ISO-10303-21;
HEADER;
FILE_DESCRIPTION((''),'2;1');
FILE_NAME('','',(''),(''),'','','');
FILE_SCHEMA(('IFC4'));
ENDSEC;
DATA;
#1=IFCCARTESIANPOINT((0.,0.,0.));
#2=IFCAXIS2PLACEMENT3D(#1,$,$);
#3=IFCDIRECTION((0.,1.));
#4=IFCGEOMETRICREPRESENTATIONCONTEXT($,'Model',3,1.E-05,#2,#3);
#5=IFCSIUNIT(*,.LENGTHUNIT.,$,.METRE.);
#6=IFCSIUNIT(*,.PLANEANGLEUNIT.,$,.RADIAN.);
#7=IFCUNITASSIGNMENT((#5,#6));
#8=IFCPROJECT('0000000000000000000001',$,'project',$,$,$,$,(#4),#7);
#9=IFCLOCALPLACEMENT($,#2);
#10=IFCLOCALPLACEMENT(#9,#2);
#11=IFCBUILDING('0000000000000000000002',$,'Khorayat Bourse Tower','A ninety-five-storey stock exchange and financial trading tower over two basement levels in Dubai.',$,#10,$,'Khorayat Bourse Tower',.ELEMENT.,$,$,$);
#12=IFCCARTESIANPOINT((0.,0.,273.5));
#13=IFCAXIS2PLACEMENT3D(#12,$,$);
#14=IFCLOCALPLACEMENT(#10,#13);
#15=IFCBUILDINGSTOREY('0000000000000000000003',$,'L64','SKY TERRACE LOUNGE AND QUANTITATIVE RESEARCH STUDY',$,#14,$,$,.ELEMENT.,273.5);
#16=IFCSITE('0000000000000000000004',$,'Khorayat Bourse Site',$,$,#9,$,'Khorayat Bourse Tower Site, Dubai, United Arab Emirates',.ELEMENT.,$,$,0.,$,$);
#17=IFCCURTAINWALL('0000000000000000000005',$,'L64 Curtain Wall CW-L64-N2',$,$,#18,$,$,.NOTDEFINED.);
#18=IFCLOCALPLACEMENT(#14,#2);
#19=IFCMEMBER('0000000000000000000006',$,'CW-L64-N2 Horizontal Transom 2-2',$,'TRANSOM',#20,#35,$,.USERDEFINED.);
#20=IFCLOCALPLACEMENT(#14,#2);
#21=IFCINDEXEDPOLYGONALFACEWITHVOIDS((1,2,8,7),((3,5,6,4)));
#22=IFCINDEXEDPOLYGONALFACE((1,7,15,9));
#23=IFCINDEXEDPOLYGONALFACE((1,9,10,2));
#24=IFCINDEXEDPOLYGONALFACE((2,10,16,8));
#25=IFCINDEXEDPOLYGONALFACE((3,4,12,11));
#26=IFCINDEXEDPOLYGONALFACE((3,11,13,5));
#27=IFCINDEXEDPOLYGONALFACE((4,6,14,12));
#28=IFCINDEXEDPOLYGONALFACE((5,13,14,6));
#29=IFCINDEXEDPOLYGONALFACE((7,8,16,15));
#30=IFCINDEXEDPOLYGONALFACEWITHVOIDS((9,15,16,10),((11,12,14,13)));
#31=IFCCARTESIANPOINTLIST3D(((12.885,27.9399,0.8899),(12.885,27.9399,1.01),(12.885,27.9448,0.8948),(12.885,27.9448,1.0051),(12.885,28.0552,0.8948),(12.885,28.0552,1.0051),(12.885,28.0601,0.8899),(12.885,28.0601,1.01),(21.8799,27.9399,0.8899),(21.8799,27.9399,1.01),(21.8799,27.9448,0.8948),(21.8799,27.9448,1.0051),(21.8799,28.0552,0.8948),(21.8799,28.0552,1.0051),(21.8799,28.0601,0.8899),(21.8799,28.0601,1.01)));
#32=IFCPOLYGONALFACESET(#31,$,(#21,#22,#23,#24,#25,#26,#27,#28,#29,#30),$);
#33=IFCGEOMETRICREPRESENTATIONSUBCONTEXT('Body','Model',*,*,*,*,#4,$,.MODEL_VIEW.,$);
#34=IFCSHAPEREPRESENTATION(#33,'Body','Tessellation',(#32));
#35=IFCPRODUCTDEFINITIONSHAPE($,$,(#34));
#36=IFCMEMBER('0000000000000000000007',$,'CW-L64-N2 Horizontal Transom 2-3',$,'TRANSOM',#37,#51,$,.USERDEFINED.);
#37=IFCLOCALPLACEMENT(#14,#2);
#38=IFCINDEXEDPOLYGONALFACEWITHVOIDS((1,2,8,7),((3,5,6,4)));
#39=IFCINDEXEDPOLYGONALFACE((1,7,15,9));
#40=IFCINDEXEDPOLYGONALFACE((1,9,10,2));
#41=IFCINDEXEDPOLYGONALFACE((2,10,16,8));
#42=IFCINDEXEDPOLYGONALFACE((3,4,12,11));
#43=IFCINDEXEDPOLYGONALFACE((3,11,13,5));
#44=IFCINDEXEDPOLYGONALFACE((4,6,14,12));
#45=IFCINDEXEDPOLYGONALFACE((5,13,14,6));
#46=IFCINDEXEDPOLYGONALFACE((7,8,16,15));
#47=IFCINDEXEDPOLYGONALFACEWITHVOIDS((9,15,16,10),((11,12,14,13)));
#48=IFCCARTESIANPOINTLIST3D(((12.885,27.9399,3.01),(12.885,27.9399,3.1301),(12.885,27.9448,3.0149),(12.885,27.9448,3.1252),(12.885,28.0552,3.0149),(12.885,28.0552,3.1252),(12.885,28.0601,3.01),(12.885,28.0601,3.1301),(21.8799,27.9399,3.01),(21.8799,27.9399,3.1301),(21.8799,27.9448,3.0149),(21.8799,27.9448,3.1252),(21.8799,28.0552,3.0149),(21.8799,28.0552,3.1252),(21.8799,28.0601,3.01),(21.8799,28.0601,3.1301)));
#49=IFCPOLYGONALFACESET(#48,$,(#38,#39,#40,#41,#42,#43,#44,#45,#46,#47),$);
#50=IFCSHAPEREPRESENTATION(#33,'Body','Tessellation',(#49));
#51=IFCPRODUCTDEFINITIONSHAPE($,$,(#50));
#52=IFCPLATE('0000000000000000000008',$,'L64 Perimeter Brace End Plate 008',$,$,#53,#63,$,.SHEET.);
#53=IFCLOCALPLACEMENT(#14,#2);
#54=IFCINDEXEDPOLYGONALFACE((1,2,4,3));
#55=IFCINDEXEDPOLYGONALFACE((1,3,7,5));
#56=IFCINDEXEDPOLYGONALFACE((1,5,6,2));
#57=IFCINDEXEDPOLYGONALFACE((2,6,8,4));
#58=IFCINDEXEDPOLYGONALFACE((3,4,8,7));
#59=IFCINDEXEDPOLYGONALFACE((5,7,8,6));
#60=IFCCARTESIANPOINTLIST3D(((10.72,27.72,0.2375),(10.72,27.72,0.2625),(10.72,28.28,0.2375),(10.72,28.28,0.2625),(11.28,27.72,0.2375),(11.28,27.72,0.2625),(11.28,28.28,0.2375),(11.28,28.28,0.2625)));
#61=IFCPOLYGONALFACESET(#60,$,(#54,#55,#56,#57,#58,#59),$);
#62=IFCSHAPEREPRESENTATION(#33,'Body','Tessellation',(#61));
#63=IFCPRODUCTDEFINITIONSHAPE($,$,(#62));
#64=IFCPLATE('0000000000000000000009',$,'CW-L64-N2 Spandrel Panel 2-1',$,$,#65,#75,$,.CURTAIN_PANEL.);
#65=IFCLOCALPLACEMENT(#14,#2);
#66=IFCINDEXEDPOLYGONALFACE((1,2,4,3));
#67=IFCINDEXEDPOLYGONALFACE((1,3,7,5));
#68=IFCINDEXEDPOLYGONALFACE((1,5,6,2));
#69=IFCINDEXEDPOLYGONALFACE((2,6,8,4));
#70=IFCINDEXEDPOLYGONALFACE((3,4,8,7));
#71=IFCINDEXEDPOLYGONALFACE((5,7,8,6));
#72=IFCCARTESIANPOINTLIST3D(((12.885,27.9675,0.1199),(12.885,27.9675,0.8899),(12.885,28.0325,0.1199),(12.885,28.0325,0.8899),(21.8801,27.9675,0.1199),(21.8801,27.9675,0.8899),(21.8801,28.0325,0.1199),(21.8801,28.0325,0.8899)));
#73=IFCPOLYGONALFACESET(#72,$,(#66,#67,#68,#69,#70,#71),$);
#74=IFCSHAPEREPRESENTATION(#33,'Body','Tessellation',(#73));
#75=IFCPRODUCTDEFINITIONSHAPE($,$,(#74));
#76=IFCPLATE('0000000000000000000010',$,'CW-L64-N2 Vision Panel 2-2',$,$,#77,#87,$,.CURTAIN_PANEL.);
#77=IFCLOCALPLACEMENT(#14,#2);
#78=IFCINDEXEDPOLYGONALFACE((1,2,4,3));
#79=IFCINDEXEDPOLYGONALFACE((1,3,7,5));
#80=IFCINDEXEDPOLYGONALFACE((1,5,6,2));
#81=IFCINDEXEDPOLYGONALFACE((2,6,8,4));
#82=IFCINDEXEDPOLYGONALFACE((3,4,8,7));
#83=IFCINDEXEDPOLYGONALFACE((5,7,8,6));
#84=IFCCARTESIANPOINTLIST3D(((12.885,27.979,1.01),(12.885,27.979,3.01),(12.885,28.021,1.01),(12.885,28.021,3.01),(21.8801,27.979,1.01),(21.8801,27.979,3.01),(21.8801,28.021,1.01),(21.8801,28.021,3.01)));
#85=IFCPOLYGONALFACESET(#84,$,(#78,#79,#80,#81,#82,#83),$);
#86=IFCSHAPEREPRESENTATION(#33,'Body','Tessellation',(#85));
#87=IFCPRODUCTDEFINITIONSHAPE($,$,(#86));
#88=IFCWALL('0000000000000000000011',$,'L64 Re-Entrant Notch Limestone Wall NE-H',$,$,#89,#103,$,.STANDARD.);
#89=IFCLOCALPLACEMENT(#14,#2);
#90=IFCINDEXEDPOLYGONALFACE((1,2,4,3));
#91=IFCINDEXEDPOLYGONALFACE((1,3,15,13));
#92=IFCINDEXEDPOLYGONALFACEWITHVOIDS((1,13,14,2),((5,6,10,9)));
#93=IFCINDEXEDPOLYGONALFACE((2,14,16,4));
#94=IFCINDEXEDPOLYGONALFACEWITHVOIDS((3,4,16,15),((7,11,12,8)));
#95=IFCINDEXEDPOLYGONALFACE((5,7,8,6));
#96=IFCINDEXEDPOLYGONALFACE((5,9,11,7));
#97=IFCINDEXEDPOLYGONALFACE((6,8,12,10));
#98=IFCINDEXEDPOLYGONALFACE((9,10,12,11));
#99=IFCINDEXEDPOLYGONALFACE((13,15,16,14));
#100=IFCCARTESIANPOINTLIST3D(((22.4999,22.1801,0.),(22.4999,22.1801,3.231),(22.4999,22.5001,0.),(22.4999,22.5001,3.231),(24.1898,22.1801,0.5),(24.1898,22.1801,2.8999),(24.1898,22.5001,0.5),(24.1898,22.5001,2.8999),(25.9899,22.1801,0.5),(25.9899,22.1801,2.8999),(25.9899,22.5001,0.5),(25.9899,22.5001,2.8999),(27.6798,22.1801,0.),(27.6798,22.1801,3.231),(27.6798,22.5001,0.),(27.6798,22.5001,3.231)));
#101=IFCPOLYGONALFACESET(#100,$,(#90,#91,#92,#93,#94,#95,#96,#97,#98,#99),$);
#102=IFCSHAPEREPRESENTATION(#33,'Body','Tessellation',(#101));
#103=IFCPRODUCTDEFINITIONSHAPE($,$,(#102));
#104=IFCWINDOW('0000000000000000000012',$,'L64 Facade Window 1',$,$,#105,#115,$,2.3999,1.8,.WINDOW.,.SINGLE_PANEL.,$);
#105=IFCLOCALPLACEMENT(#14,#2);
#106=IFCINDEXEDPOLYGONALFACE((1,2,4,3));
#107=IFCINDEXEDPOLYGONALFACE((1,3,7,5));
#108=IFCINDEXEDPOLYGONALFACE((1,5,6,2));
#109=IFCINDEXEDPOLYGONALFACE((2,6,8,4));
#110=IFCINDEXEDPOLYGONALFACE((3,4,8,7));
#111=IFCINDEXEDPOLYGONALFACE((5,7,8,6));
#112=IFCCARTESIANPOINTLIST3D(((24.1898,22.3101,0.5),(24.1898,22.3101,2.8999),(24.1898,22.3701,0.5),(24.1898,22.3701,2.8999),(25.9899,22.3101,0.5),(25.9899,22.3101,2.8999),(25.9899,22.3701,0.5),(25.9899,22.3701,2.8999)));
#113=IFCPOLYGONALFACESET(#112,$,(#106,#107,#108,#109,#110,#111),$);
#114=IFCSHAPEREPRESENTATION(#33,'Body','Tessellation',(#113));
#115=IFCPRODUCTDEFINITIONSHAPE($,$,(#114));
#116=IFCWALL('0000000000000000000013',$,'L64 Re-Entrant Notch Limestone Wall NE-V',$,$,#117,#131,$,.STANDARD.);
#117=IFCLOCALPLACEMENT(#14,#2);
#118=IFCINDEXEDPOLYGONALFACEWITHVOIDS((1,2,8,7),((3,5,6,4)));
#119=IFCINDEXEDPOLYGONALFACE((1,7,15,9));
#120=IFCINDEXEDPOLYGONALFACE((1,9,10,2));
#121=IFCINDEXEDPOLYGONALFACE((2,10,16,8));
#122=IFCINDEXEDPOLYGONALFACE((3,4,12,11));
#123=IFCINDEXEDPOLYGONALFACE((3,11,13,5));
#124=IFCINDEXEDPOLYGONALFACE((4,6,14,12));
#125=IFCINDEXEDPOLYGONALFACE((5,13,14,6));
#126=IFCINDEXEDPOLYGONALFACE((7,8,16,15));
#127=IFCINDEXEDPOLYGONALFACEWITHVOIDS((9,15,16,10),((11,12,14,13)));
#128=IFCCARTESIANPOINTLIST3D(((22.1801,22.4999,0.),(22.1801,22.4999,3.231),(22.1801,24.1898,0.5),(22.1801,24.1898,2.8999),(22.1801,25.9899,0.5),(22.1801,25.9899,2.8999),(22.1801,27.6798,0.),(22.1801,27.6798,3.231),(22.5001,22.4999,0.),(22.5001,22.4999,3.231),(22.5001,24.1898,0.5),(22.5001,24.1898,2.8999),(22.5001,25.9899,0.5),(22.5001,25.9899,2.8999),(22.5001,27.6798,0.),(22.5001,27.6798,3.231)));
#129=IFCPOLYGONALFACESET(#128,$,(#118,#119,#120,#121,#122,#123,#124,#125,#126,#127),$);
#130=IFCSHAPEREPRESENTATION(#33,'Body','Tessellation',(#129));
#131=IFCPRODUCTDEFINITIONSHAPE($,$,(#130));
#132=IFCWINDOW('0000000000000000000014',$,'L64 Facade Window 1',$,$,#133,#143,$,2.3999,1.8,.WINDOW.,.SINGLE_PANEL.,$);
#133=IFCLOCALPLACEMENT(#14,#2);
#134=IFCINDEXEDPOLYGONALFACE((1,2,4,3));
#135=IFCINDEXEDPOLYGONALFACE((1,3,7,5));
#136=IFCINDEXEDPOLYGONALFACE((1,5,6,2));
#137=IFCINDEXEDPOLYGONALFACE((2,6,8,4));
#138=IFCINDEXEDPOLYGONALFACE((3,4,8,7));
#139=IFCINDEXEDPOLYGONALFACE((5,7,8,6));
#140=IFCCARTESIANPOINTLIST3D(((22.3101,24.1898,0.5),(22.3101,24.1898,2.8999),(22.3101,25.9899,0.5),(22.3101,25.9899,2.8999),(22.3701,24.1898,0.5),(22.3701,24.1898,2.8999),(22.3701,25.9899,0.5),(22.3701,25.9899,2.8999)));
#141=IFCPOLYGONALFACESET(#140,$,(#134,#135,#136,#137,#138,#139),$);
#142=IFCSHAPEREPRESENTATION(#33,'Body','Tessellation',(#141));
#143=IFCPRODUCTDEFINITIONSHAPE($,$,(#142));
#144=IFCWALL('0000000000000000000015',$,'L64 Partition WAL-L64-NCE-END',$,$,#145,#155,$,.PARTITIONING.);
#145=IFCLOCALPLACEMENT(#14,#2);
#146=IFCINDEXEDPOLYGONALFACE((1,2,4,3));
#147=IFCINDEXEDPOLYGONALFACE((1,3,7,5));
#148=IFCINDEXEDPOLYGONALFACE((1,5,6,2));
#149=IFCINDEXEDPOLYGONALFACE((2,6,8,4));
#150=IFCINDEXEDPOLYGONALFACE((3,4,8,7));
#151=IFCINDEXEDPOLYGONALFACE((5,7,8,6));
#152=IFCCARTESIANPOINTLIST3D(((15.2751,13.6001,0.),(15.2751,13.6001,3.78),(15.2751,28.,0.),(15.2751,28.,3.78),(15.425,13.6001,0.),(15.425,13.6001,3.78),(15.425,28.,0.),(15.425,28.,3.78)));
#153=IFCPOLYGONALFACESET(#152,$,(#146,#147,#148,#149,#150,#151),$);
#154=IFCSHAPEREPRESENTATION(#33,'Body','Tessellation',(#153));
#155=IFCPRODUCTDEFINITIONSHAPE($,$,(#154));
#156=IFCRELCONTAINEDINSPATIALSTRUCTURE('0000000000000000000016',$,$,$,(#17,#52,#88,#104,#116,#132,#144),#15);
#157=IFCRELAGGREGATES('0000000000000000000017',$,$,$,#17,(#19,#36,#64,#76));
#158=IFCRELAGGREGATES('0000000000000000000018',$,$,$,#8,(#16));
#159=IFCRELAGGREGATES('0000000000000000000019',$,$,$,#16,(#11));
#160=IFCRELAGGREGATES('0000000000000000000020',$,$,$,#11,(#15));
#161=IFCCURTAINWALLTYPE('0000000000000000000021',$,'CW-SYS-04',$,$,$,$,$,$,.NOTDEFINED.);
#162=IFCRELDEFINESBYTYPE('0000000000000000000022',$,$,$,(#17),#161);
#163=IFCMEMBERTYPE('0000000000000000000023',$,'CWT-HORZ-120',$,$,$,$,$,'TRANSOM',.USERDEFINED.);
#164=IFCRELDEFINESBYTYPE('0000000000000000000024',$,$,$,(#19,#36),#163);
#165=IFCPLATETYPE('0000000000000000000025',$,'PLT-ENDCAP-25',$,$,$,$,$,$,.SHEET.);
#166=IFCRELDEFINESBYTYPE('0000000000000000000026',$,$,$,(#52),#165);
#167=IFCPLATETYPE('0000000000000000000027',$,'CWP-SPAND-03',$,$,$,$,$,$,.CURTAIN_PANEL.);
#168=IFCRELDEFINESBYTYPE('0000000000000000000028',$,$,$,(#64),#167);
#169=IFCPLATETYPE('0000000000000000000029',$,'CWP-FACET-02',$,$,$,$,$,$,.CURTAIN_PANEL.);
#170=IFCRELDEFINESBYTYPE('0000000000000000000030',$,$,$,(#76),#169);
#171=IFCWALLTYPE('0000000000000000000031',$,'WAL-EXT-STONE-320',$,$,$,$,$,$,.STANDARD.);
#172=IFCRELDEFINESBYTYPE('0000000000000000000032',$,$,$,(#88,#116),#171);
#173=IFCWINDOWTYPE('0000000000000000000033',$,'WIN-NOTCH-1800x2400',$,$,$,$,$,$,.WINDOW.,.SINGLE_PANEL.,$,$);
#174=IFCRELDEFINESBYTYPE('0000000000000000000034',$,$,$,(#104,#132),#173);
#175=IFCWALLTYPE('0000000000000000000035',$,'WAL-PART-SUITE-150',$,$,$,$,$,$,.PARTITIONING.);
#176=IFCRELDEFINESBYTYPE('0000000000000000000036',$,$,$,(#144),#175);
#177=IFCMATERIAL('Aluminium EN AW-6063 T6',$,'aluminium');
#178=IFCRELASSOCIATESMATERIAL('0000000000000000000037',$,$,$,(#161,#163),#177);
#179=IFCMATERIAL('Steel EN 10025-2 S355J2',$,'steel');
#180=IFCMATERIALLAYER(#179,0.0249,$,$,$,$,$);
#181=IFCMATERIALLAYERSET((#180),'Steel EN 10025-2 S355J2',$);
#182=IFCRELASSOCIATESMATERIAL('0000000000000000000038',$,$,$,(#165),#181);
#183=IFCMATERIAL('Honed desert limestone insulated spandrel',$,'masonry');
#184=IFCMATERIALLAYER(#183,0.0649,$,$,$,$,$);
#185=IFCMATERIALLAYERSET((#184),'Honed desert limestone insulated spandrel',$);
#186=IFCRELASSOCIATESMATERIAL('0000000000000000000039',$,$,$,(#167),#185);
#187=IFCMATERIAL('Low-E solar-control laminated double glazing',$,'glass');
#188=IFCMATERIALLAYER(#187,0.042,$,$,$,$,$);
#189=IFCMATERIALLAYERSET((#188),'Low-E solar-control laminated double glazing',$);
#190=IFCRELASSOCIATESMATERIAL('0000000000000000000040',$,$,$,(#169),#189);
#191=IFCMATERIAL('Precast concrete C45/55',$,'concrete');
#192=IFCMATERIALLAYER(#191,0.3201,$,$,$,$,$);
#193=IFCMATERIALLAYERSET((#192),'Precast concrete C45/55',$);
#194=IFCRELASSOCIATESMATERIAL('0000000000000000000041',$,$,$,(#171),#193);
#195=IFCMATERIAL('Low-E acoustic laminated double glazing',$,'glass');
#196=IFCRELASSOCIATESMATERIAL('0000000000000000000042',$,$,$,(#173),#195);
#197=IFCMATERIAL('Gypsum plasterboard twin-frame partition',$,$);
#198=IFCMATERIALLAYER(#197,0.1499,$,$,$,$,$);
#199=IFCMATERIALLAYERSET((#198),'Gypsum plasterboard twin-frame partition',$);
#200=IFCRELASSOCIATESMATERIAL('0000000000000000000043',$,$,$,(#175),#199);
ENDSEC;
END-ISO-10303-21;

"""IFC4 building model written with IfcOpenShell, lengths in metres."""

from ifc_helpers import new_model, si_unit, direction, frame, frame_2d, origin, origin_2d, place, context, subcontext, project, spatial, rectangle, hollow_rectangle, extrude, source, transform, mapped, material, layer, layer_set, material_profile, profile_set, type_object, element, fill, aggregate, save


model = new_model("IFC4")

# Units and contexts
model_context = context("Model", 3, precision=1e-05, world=origin(), true_north=direction((0.0, 1.0)))
body_context = subcontext(model_context, "Body", "Model", "MODEL_VIEW")
ifc_project = project(units=[si_unit("LENGTHUNIT", "METRE"), si_unit("PLANEANGLEUNIT", "RADIAN")], contexts=[model_context])

# Site, building, storey
site_placement = place(None, origin())
site = spatial("IfcSite", under=ifc_project, at=site_placement, Name="Khorayat Bourse Site", LongName="Khorayat Bourse Tower Site, Dubai, United Arab Emirates", CompositionType="ELEMENT", RefElevation=0.0)
building_placement = place(site_placement, origin())
building = spatial("IfcBuilding", under=site, at=building_placement, Name="Khorayat Bourse Tower", Description="A ninety-five-storey stock exchange and financial trading tower over two basement levels in Dubai.", LongName="Khorayat Bourse Tower", CompositionType="ELEMENT")
storey_placement = place(building_placement, frame((0.0, 0.0, 273.5)))
storey = spatial("IfcBuildingStorey", under=building, at=storey_placement, Name="L64", Description="SKY TERRACE LOUNGE AND QUANTITATIVE RESEARCH STUDY", CompositionType="ELEMENT", Elevation=273.5)

# Curtain wall
ifc_material_1 = material(Name="Aluminium EN AW-6063 T6", Category="aluminium")
curtain_wall_type = type_object("IfcCurtainWallType", Name="CW-SYS-04", PredefinedType="NOTDEFINED", material=ifc_material_1)
curtain_wall_1_placement = place(storey_placement, origin())
curtain_wall_1 = element("IfcCurtainWall", 1, at=curtain_wall_1_placement, inside=storey, type_object=curtain_wall_type, Name="L64 Curtain Wall CW-L64-N2", PredefinedType="NOTDEFINED")

# Members
ifc_material_profile_1 = material_profile(ifc_material_1, hollow_rectangle(XDim=0.1201, YDim=0.1201, WallThickness=0.0049, at=origin_2d()), Name="ALU 120x120x5")
ifc_profile_set_1 = profile_set([ifc_material_profile_1], Name="Aluminium EN AW-6063 T6")
member_type_1 = type_object("IfcMemberType", Name="CWT-HORZ-120", ElementType="TRANSOM", PredefinedType="USERDEFINED", material=ifc_profile_set_1)
shared_shape_1 = source(origin(), body_context, "Body", "SweptSolid", [
    extrude(hollow_rectangle(XDim=0.1201, YDim=0.1201, WallThickness=0.0049, at=origin_2d()), origin(), (0.0, 0.0, 1.0), 8.9949),
])
member_1_placement = place(storey_placement, frame((12.885, 28.0, 0.95), z_axis=(1.0, 0.0, 0.0), x_axis=(0.0, 1.0, 0.0)))
member_1 = element("IfcMember", 2, at=member_1_placement, type_object=member_type_1, Name="CW-L64-N2 Horizontal Transom 2-2", ObjectType="TRANSOM", PredefinedType="USERDEFINED", context=body_context, shape_type="MappedRepresentation", body=[
    mapped(shared_shape_1, transform((0.0, 0.0, 0.0), scale=1.0)),
])
member_2_placement = place(storey_placement, frame((12.885, 28.0, 3.0701), z_axis=(1.0, 0.0, 0.0), x_axis=(0.0, 1.0, 0.0)))
member_2 = element("IfcMember", 3, at=member_2_placement, type_object=member_type_1, Name="CW-L64-N2 Horizontal Transom 2-3", ObjectType="TRANSOM", PredefinedType="USERDEFINED", context=body_context, shape_type="MappedRepresentation", body=[
    mapped(shared_shape_1, transform((0.0, 0.0, 0.0), scale=1.0)),
])

# Plates
ifc_material_2 = material(Name="Steel EN 10025-2 S355J2", Category="steel")
ifc_layer_1 = layer(ifc_material_2, 0.0249)
ifc_layer_set_1 = layer_set([ifc_layer_1], Name="Steel EN 10025-2 S355J2")
plate_type_1 = type_object("IfcPlateType", Name="PLT-ENDCAP-25", PredefinedType="SHEET", material=ifc_layer_set_1)
shared_shape_2 = source(origin(), body_context, "Body", "SweptSolid", [
    extrude(rectangle(XDim=0.5601, YDim=0.5601, at=origin_2d()), origin(), (0.0, 0.0, 1.0), 0.0249),
])
plate_1_placement = place(storey_placement, frame((11.0, 28.0, 0.2375), z_axis=(0.0, 0.0, 1.0), x_axis=(1.0, 0.0, 0.0)))
element("IfcPlate", 4, at=plate_1_placement, inside=storey, type_object=plate_type_1, Name="L64 Perimeter Brace End Plate 008", PredefinedType="SHEET", context=body_context, shape_type="MappedRepresentation", body=[
    mapped(shared_shape_2, transform((0.0, 0.0, 0.0), scale=1.0)),
])
ifc_material_3 = material(Name="Honed desert limestone insulated spandrel", Category="masonry")
ifc_layer_2 = layer(ifc_material_3, 0.0649)
ifc_layer_set_2 = layer_set([ifc_layer_2], Name="Honed desert limestone insulated spandrel")
plate_type_2 = type_object("IfcPlateType", Name="CWP-SPAND-03", PredefinedType="CURTAIN_PANEL", material=ifc_layer_set_2)
shared_shape_3 = source(origin(), body_context, "Body", "SweptSolid", [
    extrude(rectangle(XDim=8.9951, YDim=0.0649, at=origin_2d()), origin(), (0.0, 0.0, 1.0), 0.77),
])
plate_2_placement = place(storey_placement, frame((17.3826, 28.0, 0.1199), z_axis=(0.0, 0.0, 1.0), x_axis=(1.0, 0.0, 0.0)))
plate_2 = element("IfcPlate", 5, at=plate_2_placement, type_object=plate_type_2, Name="CW-L64-N2 Spandrel Panel 2-1", PredefinedType="CURTAIN_PANEL", context=body_context, shape_type="MappedRepresentation", body=[
    mapped(shared_shape_3, transform((0.0, 0.0, 0.0), scale=1.0)),
])
ifc_material_4 = material(Name="Low-E solar-control laminated double glazing", Category="glass")
ifc_layer_3 = layer(ifc_material_4, 0.042)
ifc_layer_set_3 = layer_set([ifc_layer_3], Name="Low-E solar-control laminated double glazing")
plate_type_3 = type_object("IfcPlateType", Name="CWP-FACET-02", PredefinedType="CURTAIN_PANEL", material=ifc_layer_set_3)
shared_shape_4 = source(origin(), body_context, "Body", "SweptSolid", [
    extrude(rectangle(XDim=8.9951, YDim=0.042, at=origin_2d()), origin(), (0.0, 0.0, 1.0), 2.0),
])
plate_3_placement = place(storey_placement, frame((17.3826, 28.0, 1.01), z_axis=(0.0, 0.0, 1.0), x_axis=(1.0, 0.0, 0.0)))
plate_3 = element("IfcPlate", 6, at=plate_3_placement, type_object=plate_type_3, Name="CW-L64-N2 Vision Panel 2-2", PredefinedType="CURTAIN_PANEL", context=body_context, shape_type="MappedRepresentation", body=[
    mapped(shared_shape_4, transform((0.0, 0.0, 0.0), scale=1.0)),
])
aggregate(curtain_wall_1, [member_1, member_2, plate_2, plate_3])

# Walls, openings, windows
ifc_material_5 = material(Name="Precast concrete C45/55", Category="concrete")
ifc_layer_4 = layer(ifc_material_5, 0.3201)
ifc_layer_set_4 = layer_set([ifc_layer_4], Name="Precast concrete C45/55")
wall_type_1 = type_object("IfcWallType", Name="WAL-EXT-STONE-320", PredefinedType="STANDARD", material=ifc_layer_set_4)
shared_shape_5 = source(origin(), body_context, "Body", "SweptSolid", [
    extrude(rectangle(XDim=5.1799, YDim=0.3201, at=frame_2d((2.5898, 0.0))), origin(), (0.0, 0.0, 1.0), 3.231),
])
wall_1_placement = place(storey_placement, frame((22.5, 22.3401, 0.0), z_axis=(0.0, 0.0, 1.0), x_axis=(1.0, 0.0, 0.0)))
wall_1 = element("IfcWall", 7, at=wall_1_placement, inside=storey, type_object=wall_type_1, Name="L64 Re-Entrant Notch Limestone Wall NE-H", PredefinedType="STANDARD", context=body_context, shape_type="MappedRepresentation", body=[
    mapped(shared_shape_5, transform((0.0, 0.0, 0.0), scale=1.0)),
])
shared_shape_6 = source(origin(), body_context, "Body", "SweptSolid", [
    extrude(rectangle(XDim=1.8, YDim=2.3999, at=frame_2d((0.8999, 1.2))), frame((0.0, 0.1699, 0.0), z_axis=(0.0, -1.0, 0.0), x_axis=(1.0, 0.0, 0.0)), (0.0, 0.0, 1.0), 0.3401),
])
opening_1_placement = place(wall_1_placement, frame((1.6899, 0.0, 0.5)))
opening_1 = element("IfcOpeningElement", 8, at=opening_1_placement, cuts=wall_1, PredefinedType="OPENING", context=body_context, shape_type="MappedRepresentation", body=[
    mapped(shared_shape_6, transform((0.0, 0.0, 0.0), scale=1.0)),
])
ifc_material_6 = material(Name="Low-E acoustic laminated double glazing", Category="glass")
window_type = type_object("IfcWindowType", Name="WIN-NOTCH-1800x2400", PartitioningType="SINGLE_PANEL", PredefinedType="WINDOW", material=ifc_material_6)
shared_shape_7 = source(origin(), body_context, "Body", "SweptSolid", [
    extrude(rectangle(XDim=1.8, YDim=2.3999, at=frame_2d((0.8999, 1.2))), frame((0.0, 0.03, 0.0), z_axis=(0.0, -1.0, 0.0), x_axis=(1.0, 0.0, 0.0)), (0.0, 0.0, 1.0), 0.0601),
])
window_1_placement = place(opening_1_placement, origin())
window_1 = element("IfcWindow", 9, at=window_1_placement, inside=storey, type_object=window_type, Name="L64 Facade Window 1", OverallHeight=2.3999, OverallWidth=1.8, PartitioningType="SINGLE_PANEL", PredefinedType="WINDOW", context=body_context, shape_type="MappedRepresentation", body=[
    mapped(shared_shape_7, transform((0.0, 0.0, 0.0), scale=1.0)),
])
fill(opening_1, window_1)
wall_2_placement = place(storey_placement, frame((22.3401, 22.5, 0.0), z_axis=(0.0, 0.0, 1.0), x_axis=(0.0, 1.0, 0.0)))
wall_2 = element("IfcWall", 10, at=wall_2_placement, inside=storey, type_object=wall_type_1, Name="L64 Re-Entrant Notch Limestone Wall NE-V", PredefinedType="STANDARD", context=body_context, shape_type="MappedRepresentation", body=[
    mapped(shared_shape_5, transform((0.0, 0.0, 0.0), scale=1.0)),
])
opening_2_placement = place(wall_2_placement, frame((1.6899, 0.0, 0.5)))
opening_2 = element("IfcOpeningElement", 11, at=opening_2_placement, cuts=wall_2, PredefinedType="OPENING", context=body_context, shape_type="MappedRepresentation", body=[
    mapped(shared_shape_6, transform((0.0, 0.0, 0.0), scale=1.0)),
])
window_2_placement = place(opening_2_placement, origin())
window_2 = element("IfcWindow", 12, at=window_2_placement, inside=storey, type_object=window_type, Name="L64 Facade Window 1", OverallHeight=2.3999, OverallWidth=1.8, PartitioningType="SINGLE_PANEL", PredefinedType="WINDOW", context=body_context, shape_type="MappedRepresentation", body=[
    mapped(shared_shape_7, transform((0.0, 0.0, 0.0), scale=1.0)),
])
fill(opening_2, window_2)

# Wall
ifc_material_7 = material(Name="Gypsum plasterboard twin-frame partition")
ifc_layer_5 = layer(ifc_material_7, 0.1499)
ifc_layer_set_5 = layer_set([ifc_layer_5], Name="Gypsum plasterboard twin-frame partition")
wall_type_2 = type_object("IfcWallType", Name="WAL-PART-SUITE-150", PredefinedType="PARTITIONING", material=ifc_layer_set_5)
shared_shape_8 = source(origin(), body_context, "Body", "SweptSolid", [
    extrude(rectangle(XDim=14.3999, YDim=0.1499, at=frame_2d((7.2, 0.0))), origin(), (0.0, 0.0, 1.0), 3.78),
])
wall_3_placement = place(storey_placement, frame((15.3501, 13.6001, 0.0), z_axis=(0.0, 0.0, 1.0), x_axis=(0.0, 1.0, 0.0)))
element("IfcWall", 13, at=wall_3_placement, inside=storey, type_object=wall_type_2, Name="L64 Partition WAL-L64-NCE-END", PredefinedType="PARTITIONING", context=body_context, shape_type="MappedRepresentation", body=[
    mapped(shared_shape_8, transform((0.0, 0.0, 0.0), scale=1.0)),
])

save(model, "model.ifc")
